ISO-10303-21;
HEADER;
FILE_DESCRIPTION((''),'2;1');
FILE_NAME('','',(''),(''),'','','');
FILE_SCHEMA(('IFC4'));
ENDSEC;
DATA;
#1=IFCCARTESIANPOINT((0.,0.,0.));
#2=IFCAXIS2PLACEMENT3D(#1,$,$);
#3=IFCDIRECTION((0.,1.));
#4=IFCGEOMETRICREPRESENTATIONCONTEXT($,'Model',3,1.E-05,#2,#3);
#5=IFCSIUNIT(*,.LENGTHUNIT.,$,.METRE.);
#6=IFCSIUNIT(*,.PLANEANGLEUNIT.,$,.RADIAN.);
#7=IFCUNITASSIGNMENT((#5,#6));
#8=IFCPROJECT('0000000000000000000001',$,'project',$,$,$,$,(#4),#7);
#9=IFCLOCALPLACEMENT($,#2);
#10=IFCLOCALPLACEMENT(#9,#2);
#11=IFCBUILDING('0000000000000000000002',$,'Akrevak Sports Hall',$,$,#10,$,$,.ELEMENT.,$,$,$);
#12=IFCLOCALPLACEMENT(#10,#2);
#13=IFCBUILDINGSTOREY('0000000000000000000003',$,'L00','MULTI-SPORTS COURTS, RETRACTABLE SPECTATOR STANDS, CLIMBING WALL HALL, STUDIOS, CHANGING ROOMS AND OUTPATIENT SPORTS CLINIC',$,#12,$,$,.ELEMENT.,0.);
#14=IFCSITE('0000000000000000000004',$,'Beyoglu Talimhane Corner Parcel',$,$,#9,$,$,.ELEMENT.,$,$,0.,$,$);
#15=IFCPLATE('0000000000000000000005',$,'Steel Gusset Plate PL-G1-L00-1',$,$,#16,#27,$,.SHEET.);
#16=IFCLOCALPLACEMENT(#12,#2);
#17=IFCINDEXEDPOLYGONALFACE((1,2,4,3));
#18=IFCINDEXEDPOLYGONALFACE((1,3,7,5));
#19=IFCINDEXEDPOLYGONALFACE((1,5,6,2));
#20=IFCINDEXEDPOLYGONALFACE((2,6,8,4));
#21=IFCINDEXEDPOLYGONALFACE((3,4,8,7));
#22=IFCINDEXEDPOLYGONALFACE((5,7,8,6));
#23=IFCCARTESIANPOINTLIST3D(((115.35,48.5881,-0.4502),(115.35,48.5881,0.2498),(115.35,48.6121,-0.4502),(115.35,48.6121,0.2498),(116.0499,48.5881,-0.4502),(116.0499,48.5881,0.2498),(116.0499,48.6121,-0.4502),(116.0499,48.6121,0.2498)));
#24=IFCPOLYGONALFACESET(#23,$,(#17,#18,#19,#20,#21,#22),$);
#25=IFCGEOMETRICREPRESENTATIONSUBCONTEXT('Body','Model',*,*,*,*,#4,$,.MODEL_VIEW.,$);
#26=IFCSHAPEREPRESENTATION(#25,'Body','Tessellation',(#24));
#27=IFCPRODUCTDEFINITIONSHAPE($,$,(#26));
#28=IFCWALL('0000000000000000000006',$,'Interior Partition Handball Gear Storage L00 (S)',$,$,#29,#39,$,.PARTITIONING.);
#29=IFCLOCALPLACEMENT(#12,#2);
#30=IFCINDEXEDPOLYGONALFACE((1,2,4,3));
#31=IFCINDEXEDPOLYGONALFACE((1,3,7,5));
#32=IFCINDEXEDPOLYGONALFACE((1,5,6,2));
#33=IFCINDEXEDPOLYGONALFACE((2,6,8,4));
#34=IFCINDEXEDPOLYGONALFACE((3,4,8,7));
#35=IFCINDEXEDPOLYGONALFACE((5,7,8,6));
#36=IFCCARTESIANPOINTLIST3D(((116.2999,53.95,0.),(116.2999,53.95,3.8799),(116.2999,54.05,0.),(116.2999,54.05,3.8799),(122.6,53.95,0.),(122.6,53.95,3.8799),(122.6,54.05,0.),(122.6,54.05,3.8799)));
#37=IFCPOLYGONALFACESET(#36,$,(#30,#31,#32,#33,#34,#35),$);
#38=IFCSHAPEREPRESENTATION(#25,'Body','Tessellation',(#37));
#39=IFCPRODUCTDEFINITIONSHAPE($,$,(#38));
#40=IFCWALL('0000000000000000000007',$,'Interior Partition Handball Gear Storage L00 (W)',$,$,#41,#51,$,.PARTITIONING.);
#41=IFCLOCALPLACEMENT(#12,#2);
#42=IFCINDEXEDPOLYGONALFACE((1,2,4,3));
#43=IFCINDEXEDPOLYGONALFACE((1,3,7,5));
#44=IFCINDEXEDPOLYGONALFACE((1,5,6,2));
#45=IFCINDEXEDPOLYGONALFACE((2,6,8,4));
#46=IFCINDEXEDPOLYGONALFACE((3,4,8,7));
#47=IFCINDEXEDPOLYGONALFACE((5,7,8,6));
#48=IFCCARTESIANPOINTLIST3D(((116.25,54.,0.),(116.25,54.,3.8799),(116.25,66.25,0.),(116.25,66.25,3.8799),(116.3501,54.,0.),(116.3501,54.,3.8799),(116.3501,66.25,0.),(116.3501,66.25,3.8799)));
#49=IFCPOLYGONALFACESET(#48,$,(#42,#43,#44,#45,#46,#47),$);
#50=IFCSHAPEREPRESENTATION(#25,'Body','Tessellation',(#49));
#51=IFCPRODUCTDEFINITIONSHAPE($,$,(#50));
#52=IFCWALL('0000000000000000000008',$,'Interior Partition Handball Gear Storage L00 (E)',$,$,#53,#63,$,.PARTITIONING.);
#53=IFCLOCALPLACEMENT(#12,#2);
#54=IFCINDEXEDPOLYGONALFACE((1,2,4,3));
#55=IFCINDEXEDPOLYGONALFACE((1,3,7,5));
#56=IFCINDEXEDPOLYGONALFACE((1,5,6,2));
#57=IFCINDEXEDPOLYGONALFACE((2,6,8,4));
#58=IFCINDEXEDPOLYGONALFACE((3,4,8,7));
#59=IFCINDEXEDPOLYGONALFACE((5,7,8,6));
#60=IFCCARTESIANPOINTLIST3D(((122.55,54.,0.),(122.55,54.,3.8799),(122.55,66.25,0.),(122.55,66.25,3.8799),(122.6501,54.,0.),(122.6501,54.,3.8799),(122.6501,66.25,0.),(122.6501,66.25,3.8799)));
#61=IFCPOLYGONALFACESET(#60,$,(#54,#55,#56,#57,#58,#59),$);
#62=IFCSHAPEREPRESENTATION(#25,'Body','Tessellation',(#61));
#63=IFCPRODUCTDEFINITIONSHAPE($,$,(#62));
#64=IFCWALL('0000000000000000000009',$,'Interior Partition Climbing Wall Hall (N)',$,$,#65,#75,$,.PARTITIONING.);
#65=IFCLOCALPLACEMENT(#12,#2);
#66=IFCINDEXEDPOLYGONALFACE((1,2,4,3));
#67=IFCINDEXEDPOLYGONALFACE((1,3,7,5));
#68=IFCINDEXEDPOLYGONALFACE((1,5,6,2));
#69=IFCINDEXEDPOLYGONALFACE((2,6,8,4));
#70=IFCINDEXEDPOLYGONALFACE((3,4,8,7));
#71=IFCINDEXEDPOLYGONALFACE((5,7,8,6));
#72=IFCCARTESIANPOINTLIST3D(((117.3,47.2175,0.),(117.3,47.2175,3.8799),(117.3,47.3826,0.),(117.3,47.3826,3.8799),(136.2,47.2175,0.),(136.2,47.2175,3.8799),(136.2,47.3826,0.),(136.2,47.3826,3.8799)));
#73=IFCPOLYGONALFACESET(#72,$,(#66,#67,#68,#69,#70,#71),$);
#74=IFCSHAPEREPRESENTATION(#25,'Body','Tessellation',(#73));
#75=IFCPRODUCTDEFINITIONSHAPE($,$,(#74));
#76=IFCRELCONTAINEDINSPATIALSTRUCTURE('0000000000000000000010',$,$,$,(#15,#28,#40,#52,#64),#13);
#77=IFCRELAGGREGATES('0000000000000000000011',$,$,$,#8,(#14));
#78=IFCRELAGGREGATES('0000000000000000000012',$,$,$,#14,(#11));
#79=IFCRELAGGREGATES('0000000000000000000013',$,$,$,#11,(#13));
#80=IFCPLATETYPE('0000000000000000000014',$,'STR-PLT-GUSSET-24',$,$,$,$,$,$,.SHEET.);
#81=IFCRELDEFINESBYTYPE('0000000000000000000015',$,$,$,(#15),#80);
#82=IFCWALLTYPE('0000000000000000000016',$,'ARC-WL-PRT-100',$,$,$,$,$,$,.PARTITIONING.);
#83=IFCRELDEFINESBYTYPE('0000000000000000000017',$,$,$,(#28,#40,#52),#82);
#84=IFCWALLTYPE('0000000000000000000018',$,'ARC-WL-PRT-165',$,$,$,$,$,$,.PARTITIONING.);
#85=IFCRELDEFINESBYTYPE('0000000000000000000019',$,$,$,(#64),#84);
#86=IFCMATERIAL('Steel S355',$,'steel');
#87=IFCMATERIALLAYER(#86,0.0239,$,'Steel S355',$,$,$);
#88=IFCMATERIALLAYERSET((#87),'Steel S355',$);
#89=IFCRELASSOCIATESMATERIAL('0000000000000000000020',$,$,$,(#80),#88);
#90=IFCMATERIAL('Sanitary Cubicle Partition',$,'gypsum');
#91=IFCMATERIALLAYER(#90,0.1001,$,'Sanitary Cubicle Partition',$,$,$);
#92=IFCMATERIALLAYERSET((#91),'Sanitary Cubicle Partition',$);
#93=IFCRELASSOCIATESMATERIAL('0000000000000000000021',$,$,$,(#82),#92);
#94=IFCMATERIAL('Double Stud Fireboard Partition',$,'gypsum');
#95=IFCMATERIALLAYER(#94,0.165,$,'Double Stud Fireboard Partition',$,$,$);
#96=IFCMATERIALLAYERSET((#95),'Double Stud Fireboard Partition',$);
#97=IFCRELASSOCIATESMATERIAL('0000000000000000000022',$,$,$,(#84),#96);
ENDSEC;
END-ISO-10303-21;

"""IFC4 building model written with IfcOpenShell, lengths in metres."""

from ifc_helpers import new_model, si_unit, direction, frame, frame_2d, origin, origin_2d, place, context, subcontext, project, spatial, rectangle, extrude, material, layer, layer_set, type_object, element, save


model = new_model("IFC4")

# Units and contexts
model_context = context("Model", 3, precision=1e-05, world=origin(), true_north=direction((0.0, 1.0)))
body_context = subcontext(model_context, "Body", "Model", "MODEL_VIEW")
ifc_project = project(units=[si_unit("LENGTHUNIT", "METRE"), si_unit("PLANEANGLEUNIT", "RADIAN")], contexts=[model_context])

# Site, building, storey
site_placement = place(None, origin())
site = spatial("IfcSite", under=ifc_project, at=site_placement, Name="Beyoglu Talimhane Corner Parcel", CompositionType="ELEMENT", RefElevation=0.0)
building_placement = place(site_placement, origin())
building = spatial("IfcBuilding", under=site, at=building_placement, Name="Akrevak Sports Hall", CompositionType="ELEMENT")
storey_placement = place(building_placement, origin())
storey = spatial("IfcBuildingStorey", under=building, at=storey_placement, Name="L00", Description="MULTI-SPORTS COURTS, RETRACTABLE SPECTATOR STANDS, CLIMBING WALL HALL, STUDIOS, CHANGING ROOMS AND OUTPATIENT SPORTS CLINIC", CompositionType="ELEMENT", Elevation=0.0)

# Shared definitions
ifc_material_1 = material(Name="Steel S355", Category="steel")

# Plate
ifc_layer_1 = layer(ifc_material_1, 0.0239, Name="Steel S355")
ifc_layer_set_1 = layer_set([ifc_layer_1], Name="Steel S355")
plate_type_1 = type_object("IfcPlateType", Name="STR-PLT-GUSSET-24", PredefinedType="SHEET", material=ifc_layer_set_1)
plate_1_placement = place(storey_placement, frame((115.7, 48.6001, -0.4502), z_axis=(0.0, 0.0, 1.0), x_axis=(1.0, 0.0, 0.0)))
element("IfcPlate", 1, at=plate_1_placement, inside=storey, type_object=plate_type_1, Name="Steel Gusset Plate PL-G1-L00-1", PredefinedType="SHEET", context=body_context, shape_type="SweptSolid", body=[
    extrude(rectangle(XDim=0.7, YDim=0.0239, at=origin_2d()), origin(), (0.0, 0.0, 1.0), 0.7),
])

# Walls
ifc_material_2 = material(Name="Sanitary Cubicle Partition", Category="gypsum")
ifc_layer_2 = layer(ifc_material_2, 0.1001, Name="Sanitary Cubicle Partition")
ifc_layer_set_2 = layer_set([ifc_layer_2], Name="Sanitary Cubicle Partition")
wall_type_1 = type_object("IfcWallType", Name="ARC-WL-PRT-100", PredefinedType="PARTITIONING", material=ifc_layer_set_2)
wall_1_placement = place(storey_placement, frame((116.3, 54.0, 0.0), z_axis=(0.0, 0.0, 1.0), x_axis=(1.0, 0.0, 0.0)))
element("IfcWall", 2, at=wall_1_placement, inside=storey, type_object=wall_type_1, Name="Interior Partition Handball Gear Storage L00 (S)", PredefinedType="PARTITIONING", context=body_context, shape_type="SweptSolid", body=[
    extrude(rectangle(XDim=6.3, YDim=0.1001, at=frame_2d((3.1499, 0.0))), origin(), (0.0, 0.0, 1.0), 3.8799),
])
for number, where, z_axis, x_axis, name in (
    (3, (116.3, 54.0, 0.0), (0.0, 0.0, 1.0), (0.0, 1.0, 0.0), "Interior Partition Handball Gear Storage L00 (W)"),
    (4, (122.6001, 54.0, 0.0), (0.0, 0.0, 1.0), (0.0, 1.0, 0.0), "Interior Partition Handball Gear Storage L00 (E)"),
):
    element("IfcWall", number, at=place(storey_placement, frame(where, z_axis=z_axis, x_axis=x_axis)), inside=storey, type_object=wall_type_1, Name=name, PredefinedType="PARTITIONING", context=body_context, shape_type="SweptSolid", body=[
        extrude(rectangle(XDim=12.25, YDim=0.1001, at=frame_2d((6.125, 0.0))), origin(), (0.0, 0.0, 1.0), 3.8799),
    ])
ifc_material_3 = material(Name="Double Stud Fireboard Partition", Category="gypsum")
ifc_layer_3 = layer(ifc_material_3, 0.165, Name="Double Stud Fireboard Partition")
ifc_layer_set_3 = layer_set([ifc_layer_3], Name="Double Stud Fireboard Partition")
wall_type_2 = type_object("IfcWallType", Name="ARC-WL-PRT-165", PredefinedType="PARTITIONING", material=ifc_layer_set_3)
wall_2_placement = place(storey_placement, frame((117.3, 47.3, 0.0), z_axis=(0.0, 0.0, 1.0), x_axis=(1.0, 0.0, 0.0)))
element("IfcWall", 5, at=wall_2_placement, inside=storey, type_object=wall_type_2, Name="Interior Partition Climbing Wall Hall (N)", PredefinedType="PARTITIONING", context=body_context, shape_type="SweptSolid", body=[
    extrude(rectangle(XDim=18.8999, YDim=0.165, at=frame_2d((9.45, 0.0))), origin(), (0.0, 0.0, 1.0), 3.8799),
])

save(model, "model.ifc")
